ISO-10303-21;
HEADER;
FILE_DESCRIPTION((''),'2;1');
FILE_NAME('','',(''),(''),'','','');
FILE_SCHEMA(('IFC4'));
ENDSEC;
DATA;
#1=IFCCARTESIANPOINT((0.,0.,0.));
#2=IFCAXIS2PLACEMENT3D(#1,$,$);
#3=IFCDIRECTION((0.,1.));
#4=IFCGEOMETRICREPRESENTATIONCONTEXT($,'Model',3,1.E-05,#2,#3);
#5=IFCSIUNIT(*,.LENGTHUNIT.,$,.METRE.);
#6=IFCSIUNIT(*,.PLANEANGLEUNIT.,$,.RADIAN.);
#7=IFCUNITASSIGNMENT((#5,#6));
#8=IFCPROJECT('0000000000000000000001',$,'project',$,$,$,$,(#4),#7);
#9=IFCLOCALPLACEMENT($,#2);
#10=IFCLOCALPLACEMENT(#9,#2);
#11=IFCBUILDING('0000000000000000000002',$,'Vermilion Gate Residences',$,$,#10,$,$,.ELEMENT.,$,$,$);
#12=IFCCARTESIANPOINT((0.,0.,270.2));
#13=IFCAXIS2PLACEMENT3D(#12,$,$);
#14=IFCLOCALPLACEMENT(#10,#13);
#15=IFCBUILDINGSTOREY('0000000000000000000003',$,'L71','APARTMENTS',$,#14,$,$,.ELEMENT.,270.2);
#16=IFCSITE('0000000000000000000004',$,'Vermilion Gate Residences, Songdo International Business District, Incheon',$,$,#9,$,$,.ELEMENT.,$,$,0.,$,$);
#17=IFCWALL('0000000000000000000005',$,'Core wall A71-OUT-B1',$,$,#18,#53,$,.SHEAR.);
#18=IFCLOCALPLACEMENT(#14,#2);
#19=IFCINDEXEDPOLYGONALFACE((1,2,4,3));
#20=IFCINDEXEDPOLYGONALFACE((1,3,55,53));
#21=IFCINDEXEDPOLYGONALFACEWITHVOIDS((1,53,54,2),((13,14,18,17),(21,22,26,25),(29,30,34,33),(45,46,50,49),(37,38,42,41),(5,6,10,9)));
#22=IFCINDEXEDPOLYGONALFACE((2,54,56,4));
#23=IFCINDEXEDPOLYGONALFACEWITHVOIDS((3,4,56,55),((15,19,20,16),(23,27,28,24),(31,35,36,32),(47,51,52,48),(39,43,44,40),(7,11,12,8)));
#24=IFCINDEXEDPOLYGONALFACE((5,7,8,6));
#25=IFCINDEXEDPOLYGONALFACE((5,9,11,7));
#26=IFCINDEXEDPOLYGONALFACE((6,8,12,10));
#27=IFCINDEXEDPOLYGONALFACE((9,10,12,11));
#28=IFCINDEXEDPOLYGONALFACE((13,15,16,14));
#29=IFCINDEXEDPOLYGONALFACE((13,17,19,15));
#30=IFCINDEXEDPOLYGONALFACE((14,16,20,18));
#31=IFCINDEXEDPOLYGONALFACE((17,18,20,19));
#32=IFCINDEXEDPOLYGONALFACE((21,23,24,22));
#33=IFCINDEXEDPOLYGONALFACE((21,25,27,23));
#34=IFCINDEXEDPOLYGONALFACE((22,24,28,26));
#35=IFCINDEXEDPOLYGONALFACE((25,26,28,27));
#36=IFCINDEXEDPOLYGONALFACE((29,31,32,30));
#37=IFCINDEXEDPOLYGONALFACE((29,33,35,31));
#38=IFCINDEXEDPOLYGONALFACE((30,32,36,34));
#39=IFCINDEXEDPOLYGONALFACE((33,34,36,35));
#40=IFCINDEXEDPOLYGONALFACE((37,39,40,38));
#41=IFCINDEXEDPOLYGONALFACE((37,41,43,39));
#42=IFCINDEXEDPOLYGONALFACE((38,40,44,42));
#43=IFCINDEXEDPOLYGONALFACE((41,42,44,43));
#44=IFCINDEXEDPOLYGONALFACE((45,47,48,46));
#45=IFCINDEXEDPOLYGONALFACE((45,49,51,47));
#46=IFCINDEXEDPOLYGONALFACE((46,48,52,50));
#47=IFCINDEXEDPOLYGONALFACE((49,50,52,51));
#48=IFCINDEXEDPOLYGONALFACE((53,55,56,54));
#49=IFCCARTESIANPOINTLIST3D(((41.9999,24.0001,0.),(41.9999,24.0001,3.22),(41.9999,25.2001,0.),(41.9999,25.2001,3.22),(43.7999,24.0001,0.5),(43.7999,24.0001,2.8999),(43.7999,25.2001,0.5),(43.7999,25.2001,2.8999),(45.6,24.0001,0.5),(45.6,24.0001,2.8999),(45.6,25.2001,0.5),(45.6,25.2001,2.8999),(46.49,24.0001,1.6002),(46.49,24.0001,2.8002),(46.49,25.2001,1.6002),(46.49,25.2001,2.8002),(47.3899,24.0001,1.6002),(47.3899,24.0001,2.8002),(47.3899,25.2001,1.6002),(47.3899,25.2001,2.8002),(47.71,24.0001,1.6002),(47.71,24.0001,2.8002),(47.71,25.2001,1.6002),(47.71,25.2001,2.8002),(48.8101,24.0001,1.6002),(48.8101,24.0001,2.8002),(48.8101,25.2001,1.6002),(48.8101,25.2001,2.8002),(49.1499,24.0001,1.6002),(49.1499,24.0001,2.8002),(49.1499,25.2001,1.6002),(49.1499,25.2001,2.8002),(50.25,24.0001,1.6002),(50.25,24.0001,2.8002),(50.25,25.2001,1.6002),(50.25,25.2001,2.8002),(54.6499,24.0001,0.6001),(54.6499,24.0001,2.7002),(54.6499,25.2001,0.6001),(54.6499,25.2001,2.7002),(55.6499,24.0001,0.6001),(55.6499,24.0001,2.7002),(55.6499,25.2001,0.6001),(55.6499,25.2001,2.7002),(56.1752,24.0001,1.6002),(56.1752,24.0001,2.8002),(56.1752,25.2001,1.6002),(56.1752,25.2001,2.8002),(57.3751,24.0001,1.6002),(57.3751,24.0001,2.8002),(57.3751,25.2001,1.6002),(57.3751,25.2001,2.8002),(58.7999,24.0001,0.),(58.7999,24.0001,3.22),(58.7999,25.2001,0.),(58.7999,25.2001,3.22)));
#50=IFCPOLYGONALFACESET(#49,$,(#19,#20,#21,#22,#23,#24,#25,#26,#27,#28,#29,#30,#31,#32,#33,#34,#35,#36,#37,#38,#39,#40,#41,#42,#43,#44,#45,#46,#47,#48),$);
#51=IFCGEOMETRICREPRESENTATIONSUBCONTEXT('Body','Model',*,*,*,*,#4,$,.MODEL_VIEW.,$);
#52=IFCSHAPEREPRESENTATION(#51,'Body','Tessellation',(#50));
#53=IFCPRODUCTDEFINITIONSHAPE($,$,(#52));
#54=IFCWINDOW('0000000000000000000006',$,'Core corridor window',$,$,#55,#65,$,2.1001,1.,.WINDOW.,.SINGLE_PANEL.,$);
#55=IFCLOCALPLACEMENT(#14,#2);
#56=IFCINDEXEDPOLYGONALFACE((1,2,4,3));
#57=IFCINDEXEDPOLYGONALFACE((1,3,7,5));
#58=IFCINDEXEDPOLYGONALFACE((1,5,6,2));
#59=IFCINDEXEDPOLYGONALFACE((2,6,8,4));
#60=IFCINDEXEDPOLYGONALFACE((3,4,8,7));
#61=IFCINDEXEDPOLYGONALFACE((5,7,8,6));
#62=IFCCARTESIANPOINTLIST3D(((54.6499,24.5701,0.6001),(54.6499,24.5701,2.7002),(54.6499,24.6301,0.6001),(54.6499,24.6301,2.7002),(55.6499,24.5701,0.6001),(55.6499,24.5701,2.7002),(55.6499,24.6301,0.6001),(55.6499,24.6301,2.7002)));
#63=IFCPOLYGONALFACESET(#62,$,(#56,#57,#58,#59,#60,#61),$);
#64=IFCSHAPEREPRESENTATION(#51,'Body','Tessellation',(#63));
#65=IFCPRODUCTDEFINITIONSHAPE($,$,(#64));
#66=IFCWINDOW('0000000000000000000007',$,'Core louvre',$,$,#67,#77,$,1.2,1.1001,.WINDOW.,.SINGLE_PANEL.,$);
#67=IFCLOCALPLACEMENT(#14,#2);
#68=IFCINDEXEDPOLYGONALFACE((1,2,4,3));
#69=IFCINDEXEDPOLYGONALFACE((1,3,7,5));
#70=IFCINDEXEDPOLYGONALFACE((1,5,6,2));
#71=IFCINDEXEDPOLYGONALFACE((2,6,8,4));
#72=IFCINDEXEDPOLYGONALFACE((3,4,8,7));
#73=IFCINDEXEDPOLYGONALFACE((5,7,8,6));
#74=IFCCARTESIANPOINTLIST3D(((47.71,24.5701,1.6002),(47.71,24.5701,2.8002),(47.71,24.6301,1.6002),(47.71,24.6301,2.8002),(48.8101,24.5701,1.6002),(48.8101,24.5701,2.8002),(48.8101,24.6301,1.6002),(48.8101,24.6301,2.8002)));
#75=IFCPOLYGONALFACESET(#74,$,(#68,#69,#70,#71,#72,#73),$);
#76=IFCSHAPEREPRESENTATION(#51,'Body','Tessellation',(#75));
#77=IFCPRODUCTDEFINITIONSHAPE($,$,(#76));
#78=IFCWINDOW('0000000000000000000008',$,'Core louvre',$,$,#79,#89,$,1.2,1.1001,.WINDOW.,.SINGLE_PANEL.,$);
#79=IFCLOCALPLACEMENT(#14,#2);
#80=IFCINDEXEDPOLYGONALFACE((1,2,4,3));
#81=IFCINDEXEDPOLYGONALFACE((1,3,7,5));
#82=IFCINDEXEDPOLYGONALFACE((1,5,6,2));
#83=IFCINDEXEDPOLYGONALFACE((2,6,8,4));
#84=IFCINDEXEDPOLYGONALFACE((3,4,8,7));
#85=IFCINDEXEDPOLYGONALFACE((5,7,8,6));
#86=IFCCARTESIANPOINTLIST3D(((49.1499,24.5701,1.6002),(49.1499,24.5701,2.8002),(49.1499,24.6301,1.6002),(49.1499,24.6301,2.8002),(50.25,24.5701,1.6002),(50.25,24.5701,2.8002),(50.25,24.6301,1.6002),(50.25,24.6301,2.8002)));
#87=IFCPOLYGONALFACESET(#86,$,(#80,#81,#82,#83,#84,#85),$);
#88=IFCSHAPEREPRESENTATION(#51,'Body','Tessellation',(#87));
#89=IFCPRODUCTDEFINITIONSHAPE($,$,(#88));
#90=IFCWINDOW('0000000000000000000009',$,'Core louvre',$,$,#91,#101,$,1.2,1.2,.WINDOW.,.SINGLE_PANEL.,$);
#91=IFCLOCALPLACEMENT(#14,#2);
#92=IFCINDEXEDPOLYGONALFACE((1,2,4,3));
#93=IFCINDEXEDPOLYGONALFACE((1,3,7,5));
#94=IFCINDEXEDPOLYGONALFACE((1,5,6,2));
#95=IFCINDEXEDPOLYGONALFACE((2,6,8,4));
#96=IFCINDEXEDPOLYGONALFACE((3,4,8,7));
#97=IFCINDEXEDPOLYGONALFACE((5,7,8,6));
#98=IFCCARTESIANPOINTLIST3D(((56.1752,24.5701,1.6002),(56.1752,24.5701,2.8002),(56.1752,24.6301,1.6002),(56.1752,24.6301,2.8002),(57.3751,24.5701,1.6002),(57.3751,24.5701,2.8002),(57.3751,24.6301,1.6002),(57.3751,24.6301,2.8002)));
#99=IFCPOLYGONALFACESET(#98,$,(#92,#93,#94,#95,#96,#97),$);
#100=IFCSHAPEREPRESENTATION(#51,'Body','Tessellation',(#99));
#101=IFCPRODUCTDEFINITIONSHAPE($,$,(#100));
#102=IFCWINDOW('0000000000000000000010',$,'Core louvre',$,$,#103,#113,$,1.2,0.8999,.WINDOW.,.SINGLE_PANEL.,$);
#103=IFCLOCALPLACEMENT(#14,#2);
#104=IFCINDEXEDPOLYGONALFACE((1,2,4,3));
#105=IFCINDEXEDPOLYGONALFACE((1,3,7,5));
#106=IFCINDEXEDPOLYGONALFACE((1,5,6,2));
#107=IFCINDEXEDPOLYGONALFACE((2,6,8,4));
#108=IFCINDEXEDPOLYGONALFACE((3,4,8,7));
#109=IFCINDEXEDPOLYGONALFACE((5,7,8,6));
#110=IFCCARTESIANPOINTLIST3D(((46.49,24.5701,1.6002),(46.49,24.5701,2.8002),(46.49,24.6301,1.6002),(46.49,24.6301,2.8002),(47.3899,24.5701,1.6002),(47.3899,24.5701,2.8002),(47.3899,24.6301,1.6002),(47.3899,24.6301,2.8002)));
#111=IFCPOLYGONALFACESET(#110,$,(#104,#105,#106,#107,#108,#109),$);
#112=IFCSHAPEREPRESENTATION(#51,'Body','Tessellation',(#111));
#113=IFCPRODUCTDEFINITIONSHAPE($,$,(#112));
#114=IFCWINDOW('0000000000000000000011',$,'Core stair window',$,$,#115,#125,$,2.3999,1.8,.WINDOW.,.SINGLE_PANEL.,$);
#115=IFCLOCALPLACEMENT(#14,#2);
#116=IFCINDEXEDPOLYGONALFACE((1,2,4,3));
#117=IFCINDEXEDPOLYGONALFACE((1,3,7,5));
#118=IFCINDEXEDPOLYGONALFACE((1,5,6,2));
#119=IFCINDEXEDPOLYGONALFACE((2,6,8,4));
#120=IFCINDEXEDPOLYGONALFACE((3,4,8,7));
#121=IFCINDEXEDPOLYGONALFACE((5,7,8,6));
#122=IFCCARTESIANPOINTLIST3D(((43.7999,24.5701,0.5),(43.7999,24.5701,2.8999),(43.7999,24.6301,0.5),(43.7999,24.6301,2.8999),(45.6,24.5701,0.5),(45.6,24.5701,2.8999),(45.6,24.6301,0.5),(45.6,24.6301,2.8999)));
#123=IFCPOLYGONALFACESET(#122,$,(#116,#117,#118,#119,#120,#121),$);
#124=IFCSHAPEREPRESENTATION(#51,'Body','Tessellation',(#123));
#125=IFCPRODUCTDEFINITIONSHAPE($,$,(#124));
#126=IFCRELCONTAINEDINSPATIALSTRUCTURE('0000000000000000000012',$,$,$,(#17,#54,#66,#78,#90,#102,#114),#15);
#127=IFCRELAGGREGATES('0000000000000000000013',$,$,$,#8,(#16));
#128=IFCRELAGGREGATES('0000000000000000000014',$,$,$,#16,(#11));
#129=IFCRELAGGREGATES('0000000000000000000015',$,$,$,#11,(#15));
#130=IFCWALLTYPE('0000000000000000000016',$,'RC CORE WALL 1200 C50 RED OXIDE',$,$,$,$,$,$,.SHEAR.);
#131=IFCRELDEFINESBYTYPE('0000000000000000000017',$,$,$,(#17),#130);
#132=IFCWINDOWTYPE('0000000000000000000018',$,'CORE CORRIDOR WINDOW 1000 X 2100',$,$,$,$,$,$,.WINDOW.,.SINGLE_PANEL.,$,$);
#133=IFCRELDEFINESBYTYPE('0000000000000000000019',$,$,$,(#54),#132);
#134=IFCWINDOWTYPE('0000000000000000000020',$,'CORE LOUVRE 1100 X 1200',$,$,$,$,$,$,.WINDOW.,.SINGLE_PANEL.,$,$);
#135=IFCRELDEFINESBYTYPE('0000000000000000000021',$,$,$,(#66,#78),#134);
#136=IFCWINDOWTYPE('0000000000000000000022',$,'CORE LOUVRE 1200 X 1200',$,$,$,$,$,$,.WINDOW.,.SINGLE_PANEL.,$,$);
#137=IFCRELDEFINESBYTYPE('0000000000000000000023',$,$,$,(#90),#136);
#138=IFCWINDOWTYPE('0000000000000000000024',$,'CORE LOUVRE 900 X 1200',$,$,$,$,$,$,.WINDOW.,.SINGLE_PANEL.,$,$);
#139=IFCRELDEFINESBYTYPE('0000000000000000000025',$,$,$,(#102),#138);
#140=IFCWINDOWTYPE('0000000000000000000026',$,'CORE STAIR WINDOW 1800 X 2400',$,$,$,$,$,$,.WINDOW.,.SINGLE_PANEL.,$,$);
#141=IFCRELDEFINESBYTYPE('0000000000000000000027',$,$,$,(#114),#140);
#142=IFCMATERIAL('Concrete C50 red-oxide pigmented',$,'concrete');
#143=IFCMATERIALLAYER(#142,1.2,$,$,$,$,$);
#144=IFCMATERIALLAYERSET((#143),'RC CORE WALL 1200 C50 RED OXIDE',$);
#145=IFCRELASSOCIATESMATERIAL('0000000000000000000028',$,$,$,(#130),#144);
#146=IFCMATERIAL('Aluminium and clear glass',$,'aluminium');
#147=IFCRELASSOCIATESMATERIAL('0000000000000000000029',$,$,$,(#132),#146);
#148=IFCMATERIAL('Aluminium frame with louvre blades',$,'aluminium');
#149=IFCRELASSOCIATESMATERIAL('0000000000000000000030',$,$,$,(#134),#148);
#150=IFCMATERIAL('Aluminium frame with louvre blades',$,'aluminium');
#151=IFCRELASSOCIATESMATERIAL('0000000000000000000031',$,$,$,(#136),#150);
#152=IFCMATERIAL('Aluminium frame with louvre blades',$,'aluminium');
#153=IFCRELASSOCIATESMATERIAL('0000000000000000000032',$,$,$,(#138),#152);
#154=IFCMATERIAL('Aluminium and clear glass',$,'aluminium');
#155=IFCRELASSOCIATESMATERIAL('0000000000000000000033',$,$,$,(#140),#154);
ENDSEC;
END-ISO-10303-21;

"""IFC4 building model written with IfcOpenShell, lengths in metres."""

from ifc_helpers import new_model, si_unit, direction, frame, frame_2d, origin, place, context, subcontext, project, spatial, rectangle, extrude, material, layer, layer_set, type_object, element, fill, save


model = new_model("IFC4")

# Units and contexts
model_context = context("Model", 3, precision=1e-05, world=origin(), true_north=direction((0.0, 1.0)))
body_context = subcontext(model_context, "Body", "Model", "MODEL_VIEW")
ifc_project = project(units=[si_unit("LENGTHUNIT", "METRE"), si_unit("PLANEANGLEUNIT", "RADIAN")], contexts=[model_context])

# Site, building, storey
site_placement = place(None, origin())
site = spatial("IfcSite", under=ifc_project, at=site_placement, Name="Vermilion Gate Residences, Songdo International Business District, Incheon", CompositionType="ELEMENT", RefElevation=0.0)
building_placement = place(site_placement, origin())
building = spatial("IfcBuilding", under=site, at=building_placement, Name="Vermilion Gate Residences", CompositionType="ELEMENT")
storey_placement = place(building_placement, frame((0.0, 0.0, 270.2)))
storey = spatial("IfcBuildingStorey", under=building, at=storey_placement, Name="L71", Description="APARTMENTS", CompositionType="ELEMENT", Elevation=270.2)

# Wall, openings, windows
ifc_material_1 = material(Name="Concrete C50 red-oxide pigmented", Category="concrete")
ifc_layer_1 = layer(ifc_material_1, 1.2)
ifc_layer_set_1 = layer_set([ifc_layer_1], Name="RC CORE WALL 1200 C50 RED OXIDE")
wall_type_1 = type_object("IfcWallType", Name="RC CORE WALL 1200 C50 RED OXIDE", PredefinedType="SHEAR", material=ifc_layer_set_1)
wall_1_placement = place(storey_placement, frame((42.0, 24.6001, 0.0), z_axis=(0.0, 0.0, 1.0), x_axis=(1.0, 0.0, 0.0)))
wall_1 = element("IfcWall", 1, at=wall_1_placement, inside=storey, type_object=wall_type_1, Name="Core wall A71-OUT-B1", PredefinedType="SHEAR", context=body_context, shape_type="SweptSolid", body=[
    extrude(rectangle(XDim=16.8, YDim=1.2, at=frame_2d((8.3999, 0.0))), origin(), (0.0, 0.0, 1.0), 3.22),
])
opening_1_placement = place(wall_1_placement, frame((1.8, 0.0, 0.5)))
opening_1 = element("IfcOpeningElement", 2, at=opening_1_placement, cuts=wall_1, PredefinedType="OPENING", context=body_context, shape_type="SweptSolid", body=[
    extrude(rectangle(XDim=1.8, YDim=2.3999, at=frame_2d((0.8999, 1.2))), frame((0.0, 0.6099, 0.0), z_axis=(0.0, -1.0, 0.0), x_axis=(1.0, 0.0, 0.0)), (0.0, 0.0, 1.0), 1.22),
])
opening_2_placement = place(wall_1_placement, frame((4.49, 0.0, 1.6001)))
opening_2 = element("IfcOpeningElement", 3, at=opening_2_placement, cuts=wall_1, PredefinedType="OPENING", context=body_context, shape_type="SweptSolid", body=[
    extrude(rectangle(XDim=0.8999, YDim=1.2, at=frame_2d((0.45, 0.6001))), frame((0.0, 0.6099, 0.0), z_axis=(0.0, -1.0, 0.0), x_axis=(1.0, 0.0, 0.0)), (0.0, 0.0, 1.0), 1.22),
])
opening_3_placement = place(wall_1_placement, frame((5.71, 0.0, 1.6001)))
opening_3 = element("IfcOpeningElement", 4, at=opening_3_placement, cuts=wall_1, PredefinedType="OPENING", context=body_context, shape_type="SweptSolid", body=[
    extrude(rectangle(XDim=1.1001, YDim=1.2, at=frame_2d((0.55, 0.6001))), frame((0.0, 0.6099, 0.0), z_axis=(0.0, -1.0, 0.0), x_axis=(1.0, 0.0, 0.0)), (0.0, 0.0, 1.0), 1.22),
])
opening_4_placement = place(wall_1_placement, frame((7.1499, 0.0, 1.6001)))
opening_4 = element("IfcOpeningElement", 5, at=opening_4_placement, cuts=wall_1, PredefinedType="OPENING", context=body_context, shape_type="SweptSolid", body=[
    extrude(rectangle(XDim=1.1001, YDim=1.2, at=frame_2d((0.55, 0.6001))), frame((0.0, 0.6099, 0.0), z_axis=(0.0, -1.0, 0.0), x_axis=(1.0, 0.0, 0.0)), (0.0, 0.0, 1.0), 1.22),
])
opening_5_placement = place(wall_1_placement, frame((12.6499, 0.0, 0.6001)))
opening_5 = element("IfcOpeningElement", 6, at=opening_5_placement, cuts=wall_1, PredefinedType="OPENING", context=body_context, shape_type="SweptSolid", body=[
    extrude(rectangle(XDim=1.0, YDim=2.1001, at=frame_2d((0.5, 1.05))), frame((0.0, 0.6099, 0.0), z_axis=(0.0, -1.0, 0.0), x_axis=(1.0, 0.0, 0.0)), (0.0, 0.0, 1.0), 1.22),
])
opening_6_placement = place(wall_1_placement, frame((14.175, 0.0, 1.6001)))
opening_6 = element("IfcOpeningElement", 7, at=opening_6_placement, cuts=wall_1, PredefinedType="OPENING", context=body_context, shape_type="SweptSolid", body=[
    extrude(rectangle(XDim=1.2, YDim=1.2, at=frame_2d((0.6001, 0.6001))), frame((0.0, 0.6099, 0.0), z_axis=(0.0, -1.0, 0.0), x_axis=(1.0, 0.0, 0.0)), (0.0, 0.0, 1.0), 1.22),
])
ifc_material_2 = material(Name="Aluminium and clear glass", Category="aluminium")
window_type_1 = type_object("IfcWindowType", Name="CORE CORRIDOR WINDOW 1000 X 2100", PartitioningType="SINGLE_PANEL", PredefinedType="WINDOW", material=ifc_material_2)
window_1_placement = place(opening_5_placement, origin())
window_1 = element("IfcWindow", 8, at=window_1_placement, inside=storey, type_object=window_type_1, Name="Core corridor window", OverallHeight=2.1001, OverallWidth=1.0, PartitioningType="SINGLE_PANEL", PredefinedType="WINDOW", context=body_context, shape_type="SweptSolid", body=[
    extrude(rectangle(XDim=1.0, YDim=2.1001, at=frame_2d((0.5, 1.05))), frame((0.0, 0.03, 0.0), z_axis=(0.0, -1.0, 0.0), x_axis=(1.0, 0.0, 0.0)), (0.0, 0.0, 1.0), 0.0601),
])
fill(opening_5, window_1)
ifc_material_3 = material(Name="Aluminium frame with louvre blades", Category="aluminium")
window_type_2 = type_object("IfcWindowType", Name="CORE LOUVRE 1100 X 1200", PartitioningType="SINGLE_PANEL", PredefinedType="WINDOW", material=ifc_material_3)
window_2_placement = place(opening_3_placement, origin())
window_2 = element("IfcWindow", 9, at=window_2_placement, inside=storey, type_object=window_type_2, Name="Core louvre", OverallHeight=1.2, OverallWidth=1.1001, PartitioningType="SINGLE_PANEL", PredefinedType="WINDOW", context=body_context, shape_type="SweptSolid", body=[
    extrude(rectangle(XDim=1.1001, YDim=1.2, at=frame_2d((0.55, 0.6001))), frame((0.0, 0.03, 0.0), z_axis=(0.0, -1.0, 0.0), x_axis=(1.0, 0.0, 0.0)), (0.0, 0.0, 1.0), 0.0601),
])
fill(opening_3, window_2)
window_3_placement = place(opening_4_placement, origin())
window_3 = element("IfcWindow", 10, at=window_3_placement, inside=storey, type_object=window_type_2, Name="Core louvre", OverallHeight=1.2, OverallWidth=1.1001, PartitioningType="SINGLE_PANEL", PredefinedType="WINDOW", context=body_context, shape_type="SweptSolid", body=[
    extrude(rectangle(XDim=1.1001, YDim=1.2, at=frame_2d((0.55, 0.6001))), frame((0.0, 0.03, 0.0), z_axis=(0.0, -1.0, 0.0), x_axis=(1.0, 0.0, 0.0)), (0.0, 0.0, 1.0), 0.0601),
])
fill(opening_4, window_3)
ifc_material_4 = material(Name="Aluminium frame with louvre blades", Category="aluminium")
window_type_3 = type_object("IfcWindowType", Name="CORE LOUVRE 1200 X 1200", PartitioningType="SINGLE_PANEL", PredefinedType="WINDOW", material=ifc_material_4)
window_4_placement = place(opening_6_placement, origin())
window_4 = element("IfcWindow", 11, at=window_4_placement, inside=storey, type_object=window_type_3, Name="Core louvre", OverallHeight=1.2, OverallWidth=1.2, PartitioningType="SINGLE_PANEL", PredefinedType="WINDOW", context=body_context, shape_type="SweptSolid", body=[
    extrude(rectangle(XDim=1.2, YDim=1.2, at=frame_2d((0.6001, 0.6001))), frame((0.0, 0.03, 0.0), z_axis=(0.0, -1.0, 0.0), x_axis=(1.0, 0.0, 0.0)), (0.0, 0.0, 1.0), 0.0601),
])
fill(opening_6, window_4)
ifc_material_5 = material(Name="Aluminium frame with louvre blades", Category="aluminium")
window_type_4 = type_object("IfcWindowType", Name="CORE LOUVRE 900 X 1200", PartitioningType="SINGLE_PANEL", PredefinedType="WINDOW", material=ifc_material_5)
window_5_placement = place(opening_2_placement, origin())
window_5 = element("IfcWindow", 12, at=window_5_placement, inside=storey, type_object=window_type_4, Name="Core louvre", OverallHeight=1.2, OverallWidth=0.8999, PartitioningType="SINGLE_PANEL", PredefinedType="WINDOW", context=body_context, shape_type="SweptSolid", body=[
    extrude(rectangle(XDim=0.8999, YDim=1.2, at=frame_2d((0.45, 0.6001))), frame((0.0, 0.03, 0.0), z_axis=(0.0, -1.0, 0.0), x_axis=(1.0, 0.0, 0.0)), (0.0, 0.0, 1.0), 0.0601),
])
fill(opening_2, window_5)
ifc_material_6 = material(Name="Aluminium and clear glass", Category="aluminium")
window_type_5 = type_object("IfcWindowType", Name="CORE STAIR WINDOW 1800 X 2400", PartitioningType="SINGLE_PANEL", PredefinedType="WINDOW", material=ifc_material_6)
window_6_placement = place(opening_1_placement, origin())
window_6 = element("IfcWindow", 13, at=window_6_placement, inside=storey, type_object=window_type_5, Name="Core stair window", OverallHeight=2.3999, OverallWidth=1.8, PartitioningType="SINGLE_PANEL", PredefinedType="WINDOW", context=body_context, shape_type="SweptSolid", body=[
    extrude(rectangle(XDim=1.8, YDim=2.3999, at=frame_2d((0.8999, 1.2))), frame((0.0, 0.03, 0.0), z_axis=(0.0, -1.0, 0.0), x_axis=(1.0, 0.0, 0.0)), (0.0, 0.0, 1.0), 0.0601),
])
fill(opening_1, window_6)

save(model, "model.ifc")
